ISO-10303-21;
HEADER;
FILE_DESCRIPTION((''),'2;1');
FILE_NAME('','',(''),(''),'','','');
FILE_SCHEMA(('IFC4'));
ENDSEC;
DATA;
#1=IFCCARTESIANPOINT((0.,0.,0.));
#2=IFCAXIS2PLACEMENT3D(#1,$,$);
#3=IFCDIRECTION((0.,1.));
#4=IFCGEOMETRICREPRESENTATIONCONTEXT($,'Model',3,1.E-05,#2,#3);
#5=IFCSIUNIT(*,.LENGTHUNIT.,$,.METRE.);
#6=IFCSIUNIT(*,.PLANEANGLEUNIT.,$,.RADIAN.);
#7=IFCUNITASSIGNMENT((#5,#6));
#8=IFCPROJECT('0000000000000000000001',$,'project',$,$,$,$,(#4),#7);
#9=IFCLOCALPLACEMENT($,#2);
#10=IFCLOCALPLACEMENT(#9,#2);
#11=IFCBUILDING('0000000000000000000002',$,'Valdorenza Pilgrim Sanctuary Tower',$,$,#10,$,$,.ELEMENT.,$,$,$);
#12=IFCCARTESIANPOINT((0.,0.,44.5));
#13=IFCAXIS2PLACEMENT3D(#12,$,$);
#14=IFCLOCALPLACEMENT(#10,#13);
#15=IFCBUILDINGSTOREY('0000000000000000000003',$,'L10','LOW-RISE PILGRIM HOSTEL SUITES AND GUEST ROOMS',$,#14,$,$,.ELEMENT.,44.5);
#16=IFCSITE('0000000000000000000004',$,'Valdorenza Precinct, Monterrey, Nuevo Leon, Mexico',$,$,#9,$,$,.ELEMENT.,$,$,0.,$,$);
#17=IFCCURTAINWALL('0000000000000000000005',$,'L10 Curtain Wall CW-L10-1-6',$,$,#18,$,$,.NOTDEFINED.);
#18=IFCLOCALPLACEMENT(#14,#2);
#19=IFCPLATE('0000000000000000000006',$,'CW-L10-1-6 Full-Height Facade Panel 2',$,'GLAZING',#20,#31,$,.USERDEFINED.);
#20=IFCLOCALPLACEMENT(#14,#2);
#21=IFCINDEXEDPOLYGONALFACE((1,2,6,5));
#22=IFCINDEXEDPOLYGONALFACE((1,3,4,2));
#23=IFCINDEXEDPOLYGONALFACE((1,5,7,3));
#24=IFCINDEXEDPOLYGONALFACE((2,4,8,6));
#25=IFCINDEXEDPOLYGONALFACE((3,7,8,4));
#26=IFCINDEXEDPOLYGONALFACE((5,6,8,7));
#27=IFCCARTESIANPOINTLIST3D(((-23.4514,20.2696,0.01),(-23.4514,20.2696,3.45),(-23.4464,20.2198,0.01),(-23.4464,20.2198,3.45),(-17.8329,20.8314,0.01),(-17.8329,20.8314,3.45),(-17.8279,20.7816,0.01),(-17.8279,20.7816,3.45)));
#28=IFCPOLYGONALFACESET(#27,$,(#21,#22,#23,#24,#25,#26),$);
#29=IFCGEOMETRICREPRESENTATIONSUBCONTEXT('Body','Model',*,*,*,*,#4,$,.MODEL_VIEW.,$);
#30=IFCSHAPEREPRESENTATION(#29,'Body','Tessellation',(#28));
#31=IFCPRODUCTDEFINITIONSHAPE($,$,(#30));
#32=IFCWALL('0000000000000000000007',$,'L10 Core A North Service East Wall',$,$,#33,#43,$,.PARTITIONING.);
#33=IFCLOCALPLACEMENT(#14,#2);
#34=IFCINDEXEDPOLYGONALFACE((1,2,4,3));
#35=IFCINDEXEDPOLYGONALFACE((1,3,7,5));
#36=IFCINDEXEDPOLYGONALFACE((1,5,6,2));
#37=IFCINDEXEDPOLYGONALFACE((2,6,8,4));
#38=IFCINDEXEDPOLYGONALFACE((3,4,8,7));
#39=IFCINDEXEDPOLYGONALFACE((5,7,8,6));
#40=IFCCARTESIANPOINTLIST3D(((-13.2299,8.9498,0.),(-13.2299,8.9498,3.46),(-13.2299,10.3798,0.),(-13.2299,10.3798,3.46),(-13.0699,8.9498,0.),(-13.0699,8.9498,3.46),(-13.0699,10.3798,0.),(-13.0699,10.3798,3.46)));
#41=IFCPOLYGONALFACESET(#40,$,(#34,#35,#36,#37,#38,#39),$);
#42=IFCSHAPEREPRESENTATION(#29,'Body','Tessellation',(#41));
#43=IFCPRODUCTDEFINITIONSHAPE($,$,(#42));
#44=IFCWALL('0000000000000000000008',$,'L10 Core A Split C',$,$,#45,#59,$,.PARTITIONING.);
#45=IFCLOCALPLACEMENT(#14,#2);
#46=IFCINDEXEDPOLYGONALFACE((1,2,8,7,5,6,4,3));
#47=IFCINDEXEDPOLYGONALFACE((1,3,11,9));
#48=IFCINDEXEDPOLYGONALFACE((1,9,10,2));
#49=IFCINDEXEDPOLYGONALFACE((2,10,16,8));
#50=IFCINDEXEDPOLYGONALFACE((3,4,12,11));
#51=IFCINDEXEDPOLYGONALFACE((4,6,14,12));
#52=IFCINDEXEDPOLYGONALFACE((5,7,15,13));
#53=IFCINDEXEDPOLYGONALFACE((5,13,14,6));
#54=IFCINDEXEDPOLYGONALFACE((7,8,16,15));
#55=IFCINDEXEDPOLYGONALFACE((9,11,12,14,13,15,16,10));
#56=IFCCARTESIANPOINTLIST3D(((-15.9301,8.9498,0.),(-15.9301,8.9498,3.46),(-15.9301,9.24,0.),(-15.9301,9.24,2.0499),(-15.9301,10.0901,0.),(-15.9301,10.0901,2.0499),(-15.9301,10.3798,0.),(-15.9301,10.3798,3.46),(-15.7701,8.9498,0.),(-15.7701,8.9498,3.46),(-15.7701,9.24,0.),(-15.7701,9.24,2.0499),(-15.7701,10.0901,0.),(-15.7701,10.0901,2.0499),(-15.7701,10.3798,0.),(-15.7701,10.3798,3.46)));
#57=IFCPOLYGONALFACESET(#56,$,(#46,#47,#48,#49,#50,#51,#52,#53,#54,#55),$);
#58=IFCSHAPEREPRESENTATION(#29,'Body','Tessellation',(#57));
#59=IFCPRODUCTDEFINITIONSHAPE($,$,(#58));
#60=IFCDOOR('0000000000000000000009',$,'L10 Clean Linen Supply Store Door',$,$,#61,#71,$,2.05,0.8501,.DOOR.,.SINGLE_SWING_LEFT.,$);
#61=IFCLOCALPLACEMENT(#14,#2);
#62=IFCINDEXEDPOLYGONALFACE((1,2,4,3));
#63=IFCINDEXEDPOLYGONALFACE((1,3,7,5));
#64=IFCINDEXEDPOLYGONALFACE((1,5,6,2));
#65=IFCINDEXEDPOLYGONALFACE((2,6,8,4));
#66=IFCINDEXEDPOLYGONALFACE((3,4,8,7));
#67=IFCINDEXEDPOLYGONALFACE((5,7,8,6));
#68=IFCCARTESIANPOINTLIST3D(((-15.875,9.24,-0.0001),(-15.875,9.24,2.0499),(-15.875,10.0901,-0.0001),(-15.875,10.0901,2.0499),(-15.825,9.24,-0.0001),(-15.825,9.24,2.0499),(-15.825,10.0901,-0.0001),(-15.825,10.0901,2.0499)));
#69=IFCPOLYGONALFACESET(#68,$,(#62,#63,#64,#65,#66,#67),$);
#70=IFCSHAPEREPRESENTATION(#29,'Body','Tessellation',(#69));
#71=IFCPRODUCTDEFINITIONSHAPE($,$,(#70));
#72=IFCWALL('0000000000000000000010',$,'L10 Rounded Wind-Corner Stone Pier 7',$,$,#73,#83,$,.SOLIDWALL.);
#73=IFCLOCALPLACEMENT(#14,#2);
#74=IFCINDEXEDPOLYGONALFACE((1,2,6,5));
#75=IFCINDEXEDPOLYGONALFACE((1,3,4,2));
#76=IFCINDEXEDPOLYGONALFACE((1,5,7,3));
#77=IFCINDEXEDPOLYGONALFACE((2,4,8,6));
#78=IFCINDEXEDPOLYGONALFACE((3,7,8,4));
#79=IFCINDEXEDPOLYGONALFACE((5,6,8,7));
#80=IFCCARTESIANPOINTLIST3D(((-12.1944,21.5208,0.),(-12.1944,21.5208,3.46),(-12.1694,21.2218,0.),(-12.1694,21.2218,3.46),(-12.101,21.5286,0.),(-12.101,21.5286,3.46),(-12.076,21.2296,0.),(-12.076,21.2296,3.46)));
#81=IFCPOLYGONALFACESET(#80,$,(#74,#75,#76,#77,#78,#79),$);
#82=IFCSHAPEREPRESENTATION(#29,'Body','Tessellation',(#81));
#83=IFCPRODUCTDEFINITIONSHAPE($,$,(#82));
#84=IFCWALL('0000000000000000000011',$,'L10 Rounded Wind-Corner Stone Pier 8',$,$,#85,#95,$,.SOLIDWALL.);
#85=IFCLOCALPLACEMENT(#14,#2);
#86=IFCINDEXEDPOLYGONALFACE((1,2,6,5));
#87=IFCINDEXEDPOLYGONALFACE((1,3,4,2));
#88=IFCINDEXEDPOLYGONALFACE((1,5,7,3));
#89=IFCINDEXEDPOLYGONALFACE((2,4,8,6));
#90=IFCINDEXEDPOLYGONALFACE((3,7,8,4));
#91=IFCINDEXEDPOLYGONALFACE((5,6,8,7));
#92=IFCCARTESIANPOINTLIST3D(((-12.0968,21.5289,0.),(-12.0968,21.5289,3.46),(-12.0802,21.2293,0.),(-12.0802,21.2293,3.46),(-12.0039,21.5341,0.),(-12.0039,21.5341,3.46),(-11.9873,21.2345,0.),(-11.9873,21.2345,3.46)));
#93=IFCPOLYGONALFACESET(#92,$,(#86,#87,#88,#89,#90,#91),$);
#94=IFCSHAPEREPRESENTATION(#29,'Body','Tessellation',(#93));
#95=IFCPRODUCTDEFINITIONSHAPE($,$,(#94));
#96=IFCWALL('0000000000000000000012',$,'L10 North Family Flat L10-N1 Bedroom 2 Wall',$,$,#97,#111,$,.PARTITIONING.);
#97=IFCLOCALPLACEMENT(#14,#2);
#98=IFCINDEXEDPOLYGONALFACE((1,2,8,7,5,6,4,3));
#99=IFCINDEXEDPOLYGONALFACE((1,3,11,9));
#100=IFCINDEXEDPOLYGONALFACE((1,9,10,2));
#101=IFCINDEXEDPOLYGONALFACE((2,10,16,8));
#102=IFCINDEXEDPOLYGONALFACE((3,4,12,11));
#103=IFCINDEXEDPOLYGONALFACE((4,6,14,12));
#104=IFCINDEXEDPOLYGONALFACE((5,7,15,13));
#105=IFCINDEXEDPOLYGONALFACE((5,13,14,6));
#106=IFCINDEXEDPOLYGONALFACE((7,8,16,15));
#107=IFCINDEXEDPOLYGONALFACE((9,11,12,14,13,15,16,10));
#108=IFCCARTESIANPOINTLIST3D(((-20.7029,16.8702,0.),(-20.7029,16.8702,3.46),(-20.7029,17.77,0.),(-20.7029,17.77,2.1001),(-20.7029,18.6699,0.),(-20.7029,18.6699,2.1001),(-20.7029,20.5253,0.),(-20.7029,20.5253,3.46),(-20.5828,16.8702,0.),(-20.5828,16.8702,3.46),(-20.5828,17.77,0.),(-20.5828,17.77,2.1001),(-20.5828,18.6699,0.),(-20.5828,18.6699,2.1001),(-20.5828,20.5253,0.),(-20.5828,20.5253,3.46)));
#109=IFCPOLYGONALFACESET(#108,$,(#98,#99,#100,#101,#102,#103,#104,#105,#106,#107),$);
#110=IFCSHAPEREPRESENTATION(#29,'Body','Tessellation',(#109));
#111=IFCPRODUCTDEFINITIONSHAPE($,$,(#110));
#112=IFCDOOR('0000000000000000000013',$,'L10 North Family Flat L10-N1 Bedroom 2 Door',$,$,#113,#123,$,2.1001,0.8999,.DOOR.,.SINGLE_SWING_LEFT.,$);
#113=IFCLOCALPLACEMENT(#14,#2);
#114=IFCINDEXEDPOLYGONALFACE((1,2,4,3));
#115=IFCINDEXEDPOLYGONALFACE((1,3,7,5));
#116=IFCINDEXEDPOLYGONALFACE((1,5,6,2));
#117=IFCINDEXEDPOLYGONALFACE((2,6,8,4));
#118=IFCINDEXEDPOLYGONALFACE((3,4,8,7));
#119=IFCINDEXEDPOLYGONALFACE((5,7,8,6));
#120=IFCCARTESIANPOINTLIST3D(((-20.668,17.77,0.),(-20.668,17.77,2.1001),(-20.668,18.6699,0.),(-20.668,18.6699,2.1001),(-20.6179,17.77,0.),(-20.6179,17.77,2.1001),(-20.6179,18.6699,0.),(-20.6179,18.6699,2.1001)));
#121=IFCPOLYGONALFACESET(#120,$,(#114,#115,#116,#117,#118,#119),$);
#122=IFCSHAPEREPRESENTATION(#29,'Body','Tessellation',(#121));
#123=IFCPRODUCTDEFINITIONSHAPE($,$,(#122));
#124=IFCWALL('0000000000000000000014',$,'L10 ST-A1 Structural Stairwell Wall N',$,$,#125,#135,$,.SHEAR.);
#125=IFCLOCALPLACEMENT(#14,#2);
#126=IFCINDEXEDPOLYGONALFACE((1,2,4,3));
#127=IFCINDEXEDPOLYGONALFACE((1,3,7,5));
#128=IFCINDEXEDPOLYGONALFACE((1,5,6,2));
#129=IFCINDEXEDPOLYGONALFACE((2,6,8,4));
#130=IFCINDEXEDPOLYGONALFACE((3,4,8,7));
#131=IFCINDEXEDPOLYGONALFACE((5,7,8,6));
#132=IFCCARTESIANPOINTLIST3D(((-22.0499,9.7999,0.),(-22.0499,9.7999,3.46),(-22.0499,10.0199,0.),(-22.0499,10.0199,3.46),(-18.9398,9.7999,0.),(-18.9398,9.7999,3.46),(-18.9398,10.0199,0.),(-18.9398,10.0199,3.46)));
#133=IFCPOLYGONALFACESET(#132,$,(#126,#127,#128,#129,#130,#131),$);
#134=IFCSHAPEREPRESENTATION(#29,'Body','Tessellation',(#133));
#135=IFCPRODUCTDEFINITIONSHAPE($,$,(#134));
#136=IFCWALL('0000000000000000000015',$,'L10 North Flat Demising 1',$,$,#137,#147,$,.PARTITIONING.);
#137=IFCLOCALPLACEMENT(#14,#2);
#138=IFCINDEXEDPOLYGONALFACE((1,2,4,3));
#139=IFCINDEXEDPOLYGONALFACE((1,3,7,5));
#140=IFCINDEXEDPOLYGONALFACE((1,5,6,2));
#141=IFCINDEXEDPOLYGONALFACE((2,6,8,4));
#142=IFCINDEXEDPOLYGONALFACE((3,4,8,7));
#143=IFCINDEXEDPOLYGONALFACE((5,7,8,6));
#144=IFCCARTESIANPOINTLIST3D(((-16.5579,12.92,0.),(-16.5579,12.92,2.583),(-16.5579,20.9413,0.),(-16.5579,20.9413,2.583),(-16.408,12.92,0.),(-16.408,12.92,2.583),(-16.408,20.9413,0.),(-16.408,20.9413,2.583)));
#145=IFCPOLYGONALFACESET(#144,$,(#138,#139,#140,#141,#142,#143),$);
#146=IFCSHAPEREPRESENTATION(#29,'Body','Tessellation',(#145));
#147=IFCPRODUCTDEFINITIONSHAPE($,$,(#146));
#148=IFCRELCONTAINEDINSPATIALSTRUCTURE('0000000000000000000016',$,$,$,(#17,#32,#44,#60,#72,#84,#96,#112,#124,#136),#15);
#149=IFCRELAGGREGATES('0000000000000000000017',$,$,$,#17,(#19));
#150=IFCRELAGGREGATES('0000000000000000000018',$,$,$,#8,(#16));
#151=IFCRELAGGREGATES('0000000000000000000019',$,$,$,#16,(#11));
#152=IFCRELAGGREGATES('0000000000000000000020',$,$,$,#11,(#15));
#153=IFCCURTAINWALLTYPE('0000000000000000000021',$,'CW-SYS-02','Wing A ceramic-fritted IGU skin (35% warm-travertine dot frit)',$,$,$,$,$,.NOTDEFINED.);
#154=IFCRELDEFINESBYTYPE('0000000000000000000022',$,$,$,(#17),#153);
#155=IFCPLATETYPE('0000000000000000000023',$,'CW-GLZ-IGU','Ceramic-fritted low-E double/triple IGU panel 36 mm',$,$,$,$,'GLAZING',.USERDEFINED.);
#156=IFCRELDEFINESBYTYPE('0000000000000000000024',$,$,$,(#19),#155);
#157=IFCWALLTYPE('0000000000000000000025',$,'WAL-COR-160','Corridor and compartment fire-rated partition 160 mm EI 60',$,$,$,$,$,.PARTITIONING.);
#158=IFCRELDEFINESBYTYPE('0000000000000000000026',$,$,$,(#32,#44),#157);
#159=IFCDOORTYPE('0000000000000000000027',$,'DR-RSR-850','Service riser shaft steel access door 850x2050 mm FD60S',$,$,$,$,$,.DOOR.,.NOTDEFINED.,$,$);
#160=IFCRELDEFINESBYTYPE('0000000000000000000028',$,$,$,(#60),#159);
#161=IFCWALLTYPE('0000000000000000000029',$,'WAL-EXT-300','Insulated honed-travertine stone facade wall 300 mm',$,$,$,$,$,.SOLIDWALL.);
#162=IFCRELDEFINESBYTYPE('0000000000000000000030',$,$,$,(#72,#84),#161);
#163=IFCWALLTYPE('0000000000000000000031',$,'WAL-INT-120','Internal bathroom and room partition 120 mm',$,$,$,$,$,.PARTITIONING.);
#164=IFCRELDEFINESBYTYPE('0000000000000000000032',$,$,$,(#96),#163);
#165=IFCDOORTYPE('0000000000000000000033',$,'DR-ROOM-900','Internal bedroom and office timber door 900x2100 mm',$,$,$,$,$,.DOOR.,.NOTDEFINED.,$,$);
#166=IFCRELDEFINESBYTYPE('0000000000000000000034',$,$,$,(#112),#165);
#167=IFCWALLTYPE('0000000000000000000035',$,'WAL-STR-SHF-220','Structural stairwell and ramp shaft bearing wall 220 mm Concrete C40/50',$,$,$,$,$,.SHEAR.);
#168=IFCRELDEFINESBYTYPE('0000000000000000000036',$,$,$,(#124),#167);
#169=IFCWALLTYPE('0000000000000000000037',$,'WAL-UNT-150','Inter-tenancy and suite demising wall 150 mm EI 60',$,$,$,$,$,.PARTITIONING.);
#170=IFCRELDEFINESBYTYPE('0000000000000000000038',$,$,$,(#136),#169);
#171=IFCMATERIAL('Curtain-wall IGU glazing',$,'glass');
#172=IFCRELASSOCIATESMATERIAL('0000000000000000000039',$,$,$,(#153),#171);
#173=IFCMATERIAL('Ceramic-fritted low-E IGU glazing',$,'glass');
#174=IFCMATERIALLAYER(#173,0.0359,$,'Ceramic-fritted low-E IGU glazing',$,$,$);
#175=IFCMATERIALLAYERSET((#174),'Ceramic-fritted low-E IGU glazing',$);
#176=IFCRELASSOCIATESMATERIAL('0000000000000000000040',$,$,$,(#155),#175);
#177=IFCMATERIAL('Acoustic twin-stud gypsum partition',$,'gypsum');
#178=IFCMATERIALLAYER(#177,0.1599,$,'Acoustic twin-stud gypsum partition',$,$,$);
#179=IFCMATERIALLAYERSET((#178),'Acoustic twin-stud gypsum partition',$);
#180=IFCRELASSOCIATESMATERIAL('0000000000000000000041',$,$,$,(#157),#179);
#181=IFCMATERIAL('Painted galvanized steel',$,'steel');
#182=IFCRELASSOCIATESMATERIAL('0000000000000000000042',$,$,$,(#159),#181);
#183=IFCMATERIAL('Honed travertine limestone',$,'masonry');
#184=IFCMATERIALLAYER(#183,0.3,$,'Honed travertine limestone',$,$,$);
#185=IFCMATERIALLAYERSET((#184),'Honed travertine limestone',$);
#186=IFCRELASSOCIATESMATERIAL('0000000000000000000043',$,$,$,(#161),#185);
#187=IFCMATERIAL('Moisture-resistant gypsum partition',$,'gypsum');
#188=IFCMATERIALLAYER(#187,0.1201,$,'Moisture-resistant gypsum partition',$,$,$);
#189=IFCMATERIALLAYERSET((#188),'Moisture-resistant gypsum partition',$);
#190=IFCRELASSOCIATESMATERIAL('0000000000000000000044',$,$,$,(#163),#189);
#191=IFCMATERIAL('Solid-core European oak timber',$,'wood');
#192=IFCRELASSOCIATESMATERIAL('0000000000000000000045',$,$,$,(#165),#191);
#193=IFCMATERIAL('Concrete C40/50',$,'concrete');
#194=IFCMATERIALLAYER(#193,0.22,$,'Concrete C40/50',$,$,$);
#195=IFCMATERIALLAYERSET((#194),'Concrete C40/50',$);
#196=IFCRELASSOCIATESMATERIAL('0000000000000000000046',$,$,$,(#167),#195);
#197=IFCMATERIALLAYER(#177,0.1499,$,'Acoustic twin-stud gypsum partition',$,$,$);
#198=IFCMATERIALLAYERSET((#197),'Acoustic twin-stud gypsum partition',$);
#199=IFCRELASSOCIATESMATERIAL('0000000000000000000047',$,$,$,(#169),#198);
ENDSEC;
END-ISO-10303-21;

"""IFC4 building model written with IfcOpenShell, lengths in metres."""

from ifc_helpers import new_model, si_unit, direction, frame, frame_2d, origin, origin_2d, place, context, subcontext, project, spatial, rectangle, extrude, source, transform, mapped, material, layer, layer_set, type_object, element, fill, aggregate, save


model = new_model("IFC4")

# Units and contexts
model_context = context("Model", 3, precision=1e-05, world=origin(), true_north=direction((0.0, 1.0)))
body_context = subcontext(model_context, "Body", "Model", "MODEL_VIEW")
ifc_project = project(units=[si_unit("LENGTHUNIT", "METRE"), si_unit("PLANEANGLEUNIT", "RADIAN")], contexts=[model_context])

# Site, building, storey
site_placement = place(None, origin())
site = spatial("IfcSite", under=ifc_project, at=site_placement, Name="Valdorenza Precinct, Monterrey, Nuevo Leon, Mexico", CompositionType="ELEMENT", RefElevation=0.0)
building_placement = place(site_placement, origin())
building = spatial("IfcBuilding", under=site, at=building_placement, Name="Valdorenza Pilgrim Sanctuary Tower", CompositionType="ELEMENT")
storey_placement = place(building_placement, frame((0.0, 0.0, 44.5)))
storey = spatial("IfcBuildingStorey", under=building, at=storey_placement, Name="L10", Description="LOW-RISE PILGRIM HOSTEL SUITES AND GUEST ROOMS", CompositionType="ELEMENT", Elevation=44.5)

# Curtain wall, plate
ifc_material_1 = material(Name="Curtain-wall IGU glazing", Category="glass")
curtain_wall_type = type_object("IfcCurtainWallType", Name="CW-SYS-02", Description="Wing A ceramic-fritted IGU skin (35% warm-travertine dot frit)", PredefinedType="NOTDEFINED", material=ifc_material_1)
curtain_wall_placement = place(storey_placement, origin())
curtain_wall = element("IfcCurtainWall", 1, at=curtain_wall_placement, inside=storey, type_object=curtain_wall_type, Name="L10 Curtain Wall CW-L10-1-6", PredefinedType="NOTDEFINED")
ifc_material_2 = material(Name="Honed travertine limestone", Category="masonry")
ifc_material_3 = material(Name="Ceramic-fritted low-E IGU glazing", Category="glass")
ifc_layer_1 = layer(ifc_material_3, 0.0359, Name="Ceramic-fritted low-E IGU glazing")
ifc_layer_set_1 = layer_set([ifc_layer_1], Name="Ceramic-fritted low-E IGU glazing")
plate_type_1 = type_object("IfcPlateType", Name="CW-GLZ-IGU", Description="Ceramic-fritted low-E double/triple IGU panel 36 mm", ElementType="GLAZING", PredefinedType="USERDEFINED", material=ifc_layer_set_1)
shared_shape_1 = source(origin(), body_context, "Body", "SweptSolid", [
    extrude(rectangle(XDim=5.6465, YDim=0.05, at=origin_2d()), origin(), (0.0, 0.0, 1.0), 3.4399),
])
plate_1_placement = place(storey_placement, frame((-20.6396, 20.5256, 0.01), z_axis=(0.0, 0.0, 1.0), x_axis=(0.995038, 0.099493, 0.0)))
plate_1 = element("IfcPlate", 2, at=plate_1_placement, type_object=plate_type_1, Name="CW-L10-1-6 Full-Height Facade Panel 2", ObjectType="GLAZING", PredefinedType="USERDEFINED", context=body_context, shape_type="MappedRepresentation", body=[
    mapped(shared_shape_1, transform((0.0, 0.0, 0.0), x_axis=(1.0, 0.0, 0.0), y_axis=(0.0, 1.0, 0.0), z_axis=(0.0, 0.0, 1.0), scale=1.0)),
])
aggregate(curtain_wall, [plate_1])

# Wall
ifc_material_4 = material(Name="Acoustic twin-stud gypsum partition", Category="gypsum")
ifc_layer_2 = layer(ifc_material_4, 0.1599, Name="Acoustic twin-stud gypsum partition")
ifc_layer_set_2 = layer_set([ifc_layer_2], Name="Acoustic twin-stud gypsum partition")
wall_type_1 = type_object("IfcWallType", Name="WAL-COR-160", Description="Corridor and compartment fire-rated partition 160 mm EI 60", PredefinedType="PARTITIONING", material=ifc_layer_set_2)
wall_1_placement = place(storey_placement, frame((-13.1499, 8.95, 0.0), z_axis=(0.0, 0.0, 1.0), x_axis=(0.0, 1.0, 0.0)))
element("IfcWall", 3, at=wall_1_placement, inside=storey, type_object=wall_type_1, Name="L10 Core A North Service East Wall", PredefinedType="PARTITIONING", context=body_context, shape_type="SweptSolid", body=[
    extrude(rectangle(XDim=1.4299, YDim=0.1599, at=frame_2d((0.7148, 0.0))), origin(), (0.0, 0.0, 1.0), 3.46),
])

# Wall, opening, door
wall_2_placement = place(storey_placement, frame((-15.8501, 8.95, 0.0), z_axis=(0.0, 0.0, 1.0), x_axis=(0.0, 1.0, 0.0)))
wall_2 = element("IfcWall", 4, at=wall_2_placement, inside=storey, type_object=wall_type_1, Name="L10 Core A Split C", PredefinedType="PARTITIONING", context=body_context, shape_type="SweptSolid", body=[
    extrude(rectangle(XDim=1.4299, YDim=0.1599, at=frame_2d((0.7148, 0.0))), origin(), (0.0, 0.0, 1.0), 3.46),
])
opening_1_placement = place(wall_2_placement, frame((0.29, 0.0, 0.0)))
opening_1 = element("IfcOpeningElement", 5, at=opening_1_placement, cuts=wall_2, PredefinedType="OPENING", context=body_context, shape_type="SweptSolid", body=[
    extrude(rectangle(XDim=0.8501, YDim=2.05, at=frame_2d((0.425, 1.0249))), frame((0.0, 0.0947, 0.0), z_axis=(0.0, -1.0, 0.0), x_axis=(1.0, 0.0, 0.0)), (0.0, 0.0, 1.0), 0.1897),
])
ifc_material_5 = material(Name="Painted galvanized steel", Category="steel")
door_type_1 = type_object("IfcDoorType", Name="DR-RSR-850", Description="Service riser shaft steel access door 850x2050 mm FD60S", OperationType="NOTDEFINED", PredefinedType="DOOR", material=ifc_material_5)
door_1_placement = place(opening_1_placement, origin())
door_1 = element("IfcDoor", 6, at=door_1_placement, inside=storey, type_object=door_type_1, Name="L10 Clean Linen Supply Store Door", OperationType="SINGLE_SWING_LEFT", OverallHeight=2.05, OverallWidth=0.8501, PredefinedType="DOOR", context=body_context, shape_type="SweptSolid", body=[
    extrude(rectangle(XDim=0.8501, YDim=2.05, at=frame_2d((0.425, 1.0249))), frame((0.0, 0.0249, 0.0), z_axis=(0.0, -1.0, 0.0), x_axis=(1.0, 0.0, 0.0)), (0.0, 0.0, 1.0), 0.05),
])
fill(opening_1, door_1)

# Walls
ifc_layer_3 = layer(ifc_material_2, 0.3, Name="Honed travertine limestone")
ifc_layer_set_3 = layer_set([ifc_layer_3], Name="Honed travertine limestone")
wall_type_2 = type_object("IfcWallType", Name="WAL-EXT-300", Description="Insulated honed-travertine stone facade wall 300 mm", PredefinedType="SOLIDWALL", material=ifc_layer_set_3)
wall_3_placement = place(storey_placement, frame((-12.1819, 21.3713, 0.0), z_axis=(0.0, 0.0, 1.0), x_axis=(0.996528, 0.083261, 0.0)))
element("IfcWall", 7, at=wall_3_placement, inside=storey, type_object=wall_type_2, Name="L10 Rounded Wind-Corner Stone Pier 7", PredefinedType="SOLIDWALL", context=body_context, shape_type="SweptSolid", body=[
    extrude(rectangle(XDim=0.0938, YDim=0.3, at=frame_2d((0.0469, 0.0))), origin(), (0.0, 0.0, 1.0), 3.46),
])
wall_4_placement = place(storey_placement, frame((-12.0884, 21.3792, 0.0), z_axis=(0.0, 0.0, 1.0), x_axis=(0.998476, 0.055179, 0.0)))
element("IfcWall", 8, at=wall_4_placement, inside=storey, type_object=wall_type_2, Name="L10 Rounded Wind-Corner Stone Pier 8", PredefinedType="SOLIDWALL", context=body_context, shape_type="SweptSolid", body=[
    extrude(rectangle(XDim=0.093, YDim=0.3, at=frame_2d((0.0464, 0.0))), origin(), (0.0, 0.0, 1.0), 3.46),
])

# Wall, opening, door
ifc_material_6 = material(Name="Moisture-resistant gypsum partition", Category="gypsum")
ifc_layer_4 = layer(ifc_material_6, 0.1201, Name="Moisture-resistant gypsum partition")
ifc_layer_set_4 = layer_set([ifc_layer_4], Name="Moisture-resistant gypsum partition")
wall_type_3 = type_object("IfcWallType", Name="WAL-INT-120", Description="Internal bathroom and room partition 120 mm", PredefinedType="PARTITIONING", material=ifc_layer_set_4)
wall_5_placement = place(storey_placement, frame((-20.6428, 16.8701, 0.0), z_axis=(0.0, 0.0, 1.0), x_axis=(0.0, 1.0, 0.0)))
wall_5 = element("IfcWall", 9, at=wall_5_placement, inside=storey, type_object=wall_type_3, Name="L10 North Family Flat L10-N1 Bedroom 2 Wall", PredefinedType="PARTITIONING", context=body_context, shape_type="SweptSolid", body=[
    extrude(rectangle(XDim=3.655, YDim=0.1201, at=frame_2d((1.8276, 0.0))), origin(), (0.0, 0.0, 1.0), 3.46),
])
opening_2_placement = place(wall_5_placement, frame((0.8999, 0.0, 0.0)))
opening_2 = element("IfcOpeningElement", 10, at=opening_2_placement, cuts=wall_5, PredefinedType="OPENING", context=body_context, shape_type="SweptSolid", body=[
    extrude(rectangle(XDim=0.8999, YDim=2.1001, at=frame_2d((0.45, 1.05))), frame((0.0, 0.075, 0.0), z_axis=(0.0, -1.0, 0.0), x_axis=(1.0, 0.0, 0.0)), (0.0, 0.0, 1.0), 0.1499),
])
ifc_material_7 = material(Name="Solid-core European oak timber", Category="wood")
door_type_2 = type_object("IfcDoorType", Name="DR-ROOM-900", Description="Internal bedroom and office timber door 900x2100 mm", OperationType="NOTDEFINED", PredefinedType="DOOR", material=ifc_material_7)
door_2_placement = place(opening_2_placement, frame((0.8999, 0.0, 0.0), z_axis=(0.0, 0.0, 1.0), x_axis=(-1.0, 0.0, 0.0)))
door_2 = element("IfcDoor", 11, at=door_2_placement, inside=storey, type_object=door_type_2, Name="L10 North Family Flat L10-N1 Bedroom 2 Door", OperationType="SINGLE_SWING_LEFT", OverallHeight=2.1001, OverallWidth=0.8999, PredefinedType="DOOR", context=body_context, shape_type="SweptSolid", body=[
    extrude(rectangle(XDim=0.8999, YDim=2.1001, at=frame_2d((0.45, 1.05))), frame((0.0, 0.0249, 0.0), z_axis=(0.0, -1.0, 0.0), x_axis=(1.0, 0.0, 0.0)), (0.0, 0.0, 1.0), 0.05),
])
fill(opening_2, door_2)

# Walls
ifc_material_8 = material(Name="Concrete C40/50", Category="concrete")
ifc_layer_5 = layer(ifc_material_8, 0.22, Name="Concrete C40/50")
ifc_layer_set_5 = layer_set([ifc_layer_5], Name="Concrete C40/50")
wall_type_4 = type_object("IfcWallType", Name="WAL-STR-SHF-220", Description="Structural stairwell and ramp shaft bearing wall 220 mm Concrete C40/50", PredefinedType="SHEAR", material=ifc_layer_set_5)
wall_6_placement = place(storey_placement, frame((-22.05, 9.9099, 0.0), z_axis=(0.0, 0.0, 1.0), x_axis=(1.0, 0.0, 0.0)))
element("IfcWall", 12, at=wall_6_placement, inside=storey, type_object=wall_type_4, Name="L10 ST-A1 Structural Stairwell Wall N", PredefinedType="SHEAR", context=body_context, shape_type="SweptSolid", body=[
    extrude(rectangle(XDim=3.1101, YDim=0.22, at=frame_2d((1.5552, 0.0))), origin(), (0.0, 0.0, 1.0), 3.46),
])
ifc_layer_6 = layer(ifc_material_4, 0.1499, Name="Acoustic twin-stud gypsum partition")
ifc_layer_set_6 = layer_set([ifc_layer_6], Name="Acoustic twin-stud gypsum partition")
wall_type_5 = type_object("IfcWallType", Name="WAL-UNT-150", Description="Inter-tenancy and suite demising wall 150 mm EI 60", PredefinedType="PARTITIONING", material=ifc_layer_set_6)
wall_7_placement = place(storey_placement, frame((-16.4829, 12.9199, 0.0), z_axis=(0.0, 0.0, 1.0), x_axis=(0.0, 1.0, 0.0)))
element("IfcWall", 13, at=wall_7_placement, inside=storey, type_object=wall_type_5, Name="L10 North Flat Demising 1", PredefinedType="PARTITIONING", context=body_context, shape_type="SweptSolid", body=[
    extrude(rectangle(XDim=8.0212, YDim=0.1499, at=frame_2d((4.0107, 0.0))), origin(), (0.0, 0.0, 1.0), 2.583),
])

save(model, "model.ifc")
